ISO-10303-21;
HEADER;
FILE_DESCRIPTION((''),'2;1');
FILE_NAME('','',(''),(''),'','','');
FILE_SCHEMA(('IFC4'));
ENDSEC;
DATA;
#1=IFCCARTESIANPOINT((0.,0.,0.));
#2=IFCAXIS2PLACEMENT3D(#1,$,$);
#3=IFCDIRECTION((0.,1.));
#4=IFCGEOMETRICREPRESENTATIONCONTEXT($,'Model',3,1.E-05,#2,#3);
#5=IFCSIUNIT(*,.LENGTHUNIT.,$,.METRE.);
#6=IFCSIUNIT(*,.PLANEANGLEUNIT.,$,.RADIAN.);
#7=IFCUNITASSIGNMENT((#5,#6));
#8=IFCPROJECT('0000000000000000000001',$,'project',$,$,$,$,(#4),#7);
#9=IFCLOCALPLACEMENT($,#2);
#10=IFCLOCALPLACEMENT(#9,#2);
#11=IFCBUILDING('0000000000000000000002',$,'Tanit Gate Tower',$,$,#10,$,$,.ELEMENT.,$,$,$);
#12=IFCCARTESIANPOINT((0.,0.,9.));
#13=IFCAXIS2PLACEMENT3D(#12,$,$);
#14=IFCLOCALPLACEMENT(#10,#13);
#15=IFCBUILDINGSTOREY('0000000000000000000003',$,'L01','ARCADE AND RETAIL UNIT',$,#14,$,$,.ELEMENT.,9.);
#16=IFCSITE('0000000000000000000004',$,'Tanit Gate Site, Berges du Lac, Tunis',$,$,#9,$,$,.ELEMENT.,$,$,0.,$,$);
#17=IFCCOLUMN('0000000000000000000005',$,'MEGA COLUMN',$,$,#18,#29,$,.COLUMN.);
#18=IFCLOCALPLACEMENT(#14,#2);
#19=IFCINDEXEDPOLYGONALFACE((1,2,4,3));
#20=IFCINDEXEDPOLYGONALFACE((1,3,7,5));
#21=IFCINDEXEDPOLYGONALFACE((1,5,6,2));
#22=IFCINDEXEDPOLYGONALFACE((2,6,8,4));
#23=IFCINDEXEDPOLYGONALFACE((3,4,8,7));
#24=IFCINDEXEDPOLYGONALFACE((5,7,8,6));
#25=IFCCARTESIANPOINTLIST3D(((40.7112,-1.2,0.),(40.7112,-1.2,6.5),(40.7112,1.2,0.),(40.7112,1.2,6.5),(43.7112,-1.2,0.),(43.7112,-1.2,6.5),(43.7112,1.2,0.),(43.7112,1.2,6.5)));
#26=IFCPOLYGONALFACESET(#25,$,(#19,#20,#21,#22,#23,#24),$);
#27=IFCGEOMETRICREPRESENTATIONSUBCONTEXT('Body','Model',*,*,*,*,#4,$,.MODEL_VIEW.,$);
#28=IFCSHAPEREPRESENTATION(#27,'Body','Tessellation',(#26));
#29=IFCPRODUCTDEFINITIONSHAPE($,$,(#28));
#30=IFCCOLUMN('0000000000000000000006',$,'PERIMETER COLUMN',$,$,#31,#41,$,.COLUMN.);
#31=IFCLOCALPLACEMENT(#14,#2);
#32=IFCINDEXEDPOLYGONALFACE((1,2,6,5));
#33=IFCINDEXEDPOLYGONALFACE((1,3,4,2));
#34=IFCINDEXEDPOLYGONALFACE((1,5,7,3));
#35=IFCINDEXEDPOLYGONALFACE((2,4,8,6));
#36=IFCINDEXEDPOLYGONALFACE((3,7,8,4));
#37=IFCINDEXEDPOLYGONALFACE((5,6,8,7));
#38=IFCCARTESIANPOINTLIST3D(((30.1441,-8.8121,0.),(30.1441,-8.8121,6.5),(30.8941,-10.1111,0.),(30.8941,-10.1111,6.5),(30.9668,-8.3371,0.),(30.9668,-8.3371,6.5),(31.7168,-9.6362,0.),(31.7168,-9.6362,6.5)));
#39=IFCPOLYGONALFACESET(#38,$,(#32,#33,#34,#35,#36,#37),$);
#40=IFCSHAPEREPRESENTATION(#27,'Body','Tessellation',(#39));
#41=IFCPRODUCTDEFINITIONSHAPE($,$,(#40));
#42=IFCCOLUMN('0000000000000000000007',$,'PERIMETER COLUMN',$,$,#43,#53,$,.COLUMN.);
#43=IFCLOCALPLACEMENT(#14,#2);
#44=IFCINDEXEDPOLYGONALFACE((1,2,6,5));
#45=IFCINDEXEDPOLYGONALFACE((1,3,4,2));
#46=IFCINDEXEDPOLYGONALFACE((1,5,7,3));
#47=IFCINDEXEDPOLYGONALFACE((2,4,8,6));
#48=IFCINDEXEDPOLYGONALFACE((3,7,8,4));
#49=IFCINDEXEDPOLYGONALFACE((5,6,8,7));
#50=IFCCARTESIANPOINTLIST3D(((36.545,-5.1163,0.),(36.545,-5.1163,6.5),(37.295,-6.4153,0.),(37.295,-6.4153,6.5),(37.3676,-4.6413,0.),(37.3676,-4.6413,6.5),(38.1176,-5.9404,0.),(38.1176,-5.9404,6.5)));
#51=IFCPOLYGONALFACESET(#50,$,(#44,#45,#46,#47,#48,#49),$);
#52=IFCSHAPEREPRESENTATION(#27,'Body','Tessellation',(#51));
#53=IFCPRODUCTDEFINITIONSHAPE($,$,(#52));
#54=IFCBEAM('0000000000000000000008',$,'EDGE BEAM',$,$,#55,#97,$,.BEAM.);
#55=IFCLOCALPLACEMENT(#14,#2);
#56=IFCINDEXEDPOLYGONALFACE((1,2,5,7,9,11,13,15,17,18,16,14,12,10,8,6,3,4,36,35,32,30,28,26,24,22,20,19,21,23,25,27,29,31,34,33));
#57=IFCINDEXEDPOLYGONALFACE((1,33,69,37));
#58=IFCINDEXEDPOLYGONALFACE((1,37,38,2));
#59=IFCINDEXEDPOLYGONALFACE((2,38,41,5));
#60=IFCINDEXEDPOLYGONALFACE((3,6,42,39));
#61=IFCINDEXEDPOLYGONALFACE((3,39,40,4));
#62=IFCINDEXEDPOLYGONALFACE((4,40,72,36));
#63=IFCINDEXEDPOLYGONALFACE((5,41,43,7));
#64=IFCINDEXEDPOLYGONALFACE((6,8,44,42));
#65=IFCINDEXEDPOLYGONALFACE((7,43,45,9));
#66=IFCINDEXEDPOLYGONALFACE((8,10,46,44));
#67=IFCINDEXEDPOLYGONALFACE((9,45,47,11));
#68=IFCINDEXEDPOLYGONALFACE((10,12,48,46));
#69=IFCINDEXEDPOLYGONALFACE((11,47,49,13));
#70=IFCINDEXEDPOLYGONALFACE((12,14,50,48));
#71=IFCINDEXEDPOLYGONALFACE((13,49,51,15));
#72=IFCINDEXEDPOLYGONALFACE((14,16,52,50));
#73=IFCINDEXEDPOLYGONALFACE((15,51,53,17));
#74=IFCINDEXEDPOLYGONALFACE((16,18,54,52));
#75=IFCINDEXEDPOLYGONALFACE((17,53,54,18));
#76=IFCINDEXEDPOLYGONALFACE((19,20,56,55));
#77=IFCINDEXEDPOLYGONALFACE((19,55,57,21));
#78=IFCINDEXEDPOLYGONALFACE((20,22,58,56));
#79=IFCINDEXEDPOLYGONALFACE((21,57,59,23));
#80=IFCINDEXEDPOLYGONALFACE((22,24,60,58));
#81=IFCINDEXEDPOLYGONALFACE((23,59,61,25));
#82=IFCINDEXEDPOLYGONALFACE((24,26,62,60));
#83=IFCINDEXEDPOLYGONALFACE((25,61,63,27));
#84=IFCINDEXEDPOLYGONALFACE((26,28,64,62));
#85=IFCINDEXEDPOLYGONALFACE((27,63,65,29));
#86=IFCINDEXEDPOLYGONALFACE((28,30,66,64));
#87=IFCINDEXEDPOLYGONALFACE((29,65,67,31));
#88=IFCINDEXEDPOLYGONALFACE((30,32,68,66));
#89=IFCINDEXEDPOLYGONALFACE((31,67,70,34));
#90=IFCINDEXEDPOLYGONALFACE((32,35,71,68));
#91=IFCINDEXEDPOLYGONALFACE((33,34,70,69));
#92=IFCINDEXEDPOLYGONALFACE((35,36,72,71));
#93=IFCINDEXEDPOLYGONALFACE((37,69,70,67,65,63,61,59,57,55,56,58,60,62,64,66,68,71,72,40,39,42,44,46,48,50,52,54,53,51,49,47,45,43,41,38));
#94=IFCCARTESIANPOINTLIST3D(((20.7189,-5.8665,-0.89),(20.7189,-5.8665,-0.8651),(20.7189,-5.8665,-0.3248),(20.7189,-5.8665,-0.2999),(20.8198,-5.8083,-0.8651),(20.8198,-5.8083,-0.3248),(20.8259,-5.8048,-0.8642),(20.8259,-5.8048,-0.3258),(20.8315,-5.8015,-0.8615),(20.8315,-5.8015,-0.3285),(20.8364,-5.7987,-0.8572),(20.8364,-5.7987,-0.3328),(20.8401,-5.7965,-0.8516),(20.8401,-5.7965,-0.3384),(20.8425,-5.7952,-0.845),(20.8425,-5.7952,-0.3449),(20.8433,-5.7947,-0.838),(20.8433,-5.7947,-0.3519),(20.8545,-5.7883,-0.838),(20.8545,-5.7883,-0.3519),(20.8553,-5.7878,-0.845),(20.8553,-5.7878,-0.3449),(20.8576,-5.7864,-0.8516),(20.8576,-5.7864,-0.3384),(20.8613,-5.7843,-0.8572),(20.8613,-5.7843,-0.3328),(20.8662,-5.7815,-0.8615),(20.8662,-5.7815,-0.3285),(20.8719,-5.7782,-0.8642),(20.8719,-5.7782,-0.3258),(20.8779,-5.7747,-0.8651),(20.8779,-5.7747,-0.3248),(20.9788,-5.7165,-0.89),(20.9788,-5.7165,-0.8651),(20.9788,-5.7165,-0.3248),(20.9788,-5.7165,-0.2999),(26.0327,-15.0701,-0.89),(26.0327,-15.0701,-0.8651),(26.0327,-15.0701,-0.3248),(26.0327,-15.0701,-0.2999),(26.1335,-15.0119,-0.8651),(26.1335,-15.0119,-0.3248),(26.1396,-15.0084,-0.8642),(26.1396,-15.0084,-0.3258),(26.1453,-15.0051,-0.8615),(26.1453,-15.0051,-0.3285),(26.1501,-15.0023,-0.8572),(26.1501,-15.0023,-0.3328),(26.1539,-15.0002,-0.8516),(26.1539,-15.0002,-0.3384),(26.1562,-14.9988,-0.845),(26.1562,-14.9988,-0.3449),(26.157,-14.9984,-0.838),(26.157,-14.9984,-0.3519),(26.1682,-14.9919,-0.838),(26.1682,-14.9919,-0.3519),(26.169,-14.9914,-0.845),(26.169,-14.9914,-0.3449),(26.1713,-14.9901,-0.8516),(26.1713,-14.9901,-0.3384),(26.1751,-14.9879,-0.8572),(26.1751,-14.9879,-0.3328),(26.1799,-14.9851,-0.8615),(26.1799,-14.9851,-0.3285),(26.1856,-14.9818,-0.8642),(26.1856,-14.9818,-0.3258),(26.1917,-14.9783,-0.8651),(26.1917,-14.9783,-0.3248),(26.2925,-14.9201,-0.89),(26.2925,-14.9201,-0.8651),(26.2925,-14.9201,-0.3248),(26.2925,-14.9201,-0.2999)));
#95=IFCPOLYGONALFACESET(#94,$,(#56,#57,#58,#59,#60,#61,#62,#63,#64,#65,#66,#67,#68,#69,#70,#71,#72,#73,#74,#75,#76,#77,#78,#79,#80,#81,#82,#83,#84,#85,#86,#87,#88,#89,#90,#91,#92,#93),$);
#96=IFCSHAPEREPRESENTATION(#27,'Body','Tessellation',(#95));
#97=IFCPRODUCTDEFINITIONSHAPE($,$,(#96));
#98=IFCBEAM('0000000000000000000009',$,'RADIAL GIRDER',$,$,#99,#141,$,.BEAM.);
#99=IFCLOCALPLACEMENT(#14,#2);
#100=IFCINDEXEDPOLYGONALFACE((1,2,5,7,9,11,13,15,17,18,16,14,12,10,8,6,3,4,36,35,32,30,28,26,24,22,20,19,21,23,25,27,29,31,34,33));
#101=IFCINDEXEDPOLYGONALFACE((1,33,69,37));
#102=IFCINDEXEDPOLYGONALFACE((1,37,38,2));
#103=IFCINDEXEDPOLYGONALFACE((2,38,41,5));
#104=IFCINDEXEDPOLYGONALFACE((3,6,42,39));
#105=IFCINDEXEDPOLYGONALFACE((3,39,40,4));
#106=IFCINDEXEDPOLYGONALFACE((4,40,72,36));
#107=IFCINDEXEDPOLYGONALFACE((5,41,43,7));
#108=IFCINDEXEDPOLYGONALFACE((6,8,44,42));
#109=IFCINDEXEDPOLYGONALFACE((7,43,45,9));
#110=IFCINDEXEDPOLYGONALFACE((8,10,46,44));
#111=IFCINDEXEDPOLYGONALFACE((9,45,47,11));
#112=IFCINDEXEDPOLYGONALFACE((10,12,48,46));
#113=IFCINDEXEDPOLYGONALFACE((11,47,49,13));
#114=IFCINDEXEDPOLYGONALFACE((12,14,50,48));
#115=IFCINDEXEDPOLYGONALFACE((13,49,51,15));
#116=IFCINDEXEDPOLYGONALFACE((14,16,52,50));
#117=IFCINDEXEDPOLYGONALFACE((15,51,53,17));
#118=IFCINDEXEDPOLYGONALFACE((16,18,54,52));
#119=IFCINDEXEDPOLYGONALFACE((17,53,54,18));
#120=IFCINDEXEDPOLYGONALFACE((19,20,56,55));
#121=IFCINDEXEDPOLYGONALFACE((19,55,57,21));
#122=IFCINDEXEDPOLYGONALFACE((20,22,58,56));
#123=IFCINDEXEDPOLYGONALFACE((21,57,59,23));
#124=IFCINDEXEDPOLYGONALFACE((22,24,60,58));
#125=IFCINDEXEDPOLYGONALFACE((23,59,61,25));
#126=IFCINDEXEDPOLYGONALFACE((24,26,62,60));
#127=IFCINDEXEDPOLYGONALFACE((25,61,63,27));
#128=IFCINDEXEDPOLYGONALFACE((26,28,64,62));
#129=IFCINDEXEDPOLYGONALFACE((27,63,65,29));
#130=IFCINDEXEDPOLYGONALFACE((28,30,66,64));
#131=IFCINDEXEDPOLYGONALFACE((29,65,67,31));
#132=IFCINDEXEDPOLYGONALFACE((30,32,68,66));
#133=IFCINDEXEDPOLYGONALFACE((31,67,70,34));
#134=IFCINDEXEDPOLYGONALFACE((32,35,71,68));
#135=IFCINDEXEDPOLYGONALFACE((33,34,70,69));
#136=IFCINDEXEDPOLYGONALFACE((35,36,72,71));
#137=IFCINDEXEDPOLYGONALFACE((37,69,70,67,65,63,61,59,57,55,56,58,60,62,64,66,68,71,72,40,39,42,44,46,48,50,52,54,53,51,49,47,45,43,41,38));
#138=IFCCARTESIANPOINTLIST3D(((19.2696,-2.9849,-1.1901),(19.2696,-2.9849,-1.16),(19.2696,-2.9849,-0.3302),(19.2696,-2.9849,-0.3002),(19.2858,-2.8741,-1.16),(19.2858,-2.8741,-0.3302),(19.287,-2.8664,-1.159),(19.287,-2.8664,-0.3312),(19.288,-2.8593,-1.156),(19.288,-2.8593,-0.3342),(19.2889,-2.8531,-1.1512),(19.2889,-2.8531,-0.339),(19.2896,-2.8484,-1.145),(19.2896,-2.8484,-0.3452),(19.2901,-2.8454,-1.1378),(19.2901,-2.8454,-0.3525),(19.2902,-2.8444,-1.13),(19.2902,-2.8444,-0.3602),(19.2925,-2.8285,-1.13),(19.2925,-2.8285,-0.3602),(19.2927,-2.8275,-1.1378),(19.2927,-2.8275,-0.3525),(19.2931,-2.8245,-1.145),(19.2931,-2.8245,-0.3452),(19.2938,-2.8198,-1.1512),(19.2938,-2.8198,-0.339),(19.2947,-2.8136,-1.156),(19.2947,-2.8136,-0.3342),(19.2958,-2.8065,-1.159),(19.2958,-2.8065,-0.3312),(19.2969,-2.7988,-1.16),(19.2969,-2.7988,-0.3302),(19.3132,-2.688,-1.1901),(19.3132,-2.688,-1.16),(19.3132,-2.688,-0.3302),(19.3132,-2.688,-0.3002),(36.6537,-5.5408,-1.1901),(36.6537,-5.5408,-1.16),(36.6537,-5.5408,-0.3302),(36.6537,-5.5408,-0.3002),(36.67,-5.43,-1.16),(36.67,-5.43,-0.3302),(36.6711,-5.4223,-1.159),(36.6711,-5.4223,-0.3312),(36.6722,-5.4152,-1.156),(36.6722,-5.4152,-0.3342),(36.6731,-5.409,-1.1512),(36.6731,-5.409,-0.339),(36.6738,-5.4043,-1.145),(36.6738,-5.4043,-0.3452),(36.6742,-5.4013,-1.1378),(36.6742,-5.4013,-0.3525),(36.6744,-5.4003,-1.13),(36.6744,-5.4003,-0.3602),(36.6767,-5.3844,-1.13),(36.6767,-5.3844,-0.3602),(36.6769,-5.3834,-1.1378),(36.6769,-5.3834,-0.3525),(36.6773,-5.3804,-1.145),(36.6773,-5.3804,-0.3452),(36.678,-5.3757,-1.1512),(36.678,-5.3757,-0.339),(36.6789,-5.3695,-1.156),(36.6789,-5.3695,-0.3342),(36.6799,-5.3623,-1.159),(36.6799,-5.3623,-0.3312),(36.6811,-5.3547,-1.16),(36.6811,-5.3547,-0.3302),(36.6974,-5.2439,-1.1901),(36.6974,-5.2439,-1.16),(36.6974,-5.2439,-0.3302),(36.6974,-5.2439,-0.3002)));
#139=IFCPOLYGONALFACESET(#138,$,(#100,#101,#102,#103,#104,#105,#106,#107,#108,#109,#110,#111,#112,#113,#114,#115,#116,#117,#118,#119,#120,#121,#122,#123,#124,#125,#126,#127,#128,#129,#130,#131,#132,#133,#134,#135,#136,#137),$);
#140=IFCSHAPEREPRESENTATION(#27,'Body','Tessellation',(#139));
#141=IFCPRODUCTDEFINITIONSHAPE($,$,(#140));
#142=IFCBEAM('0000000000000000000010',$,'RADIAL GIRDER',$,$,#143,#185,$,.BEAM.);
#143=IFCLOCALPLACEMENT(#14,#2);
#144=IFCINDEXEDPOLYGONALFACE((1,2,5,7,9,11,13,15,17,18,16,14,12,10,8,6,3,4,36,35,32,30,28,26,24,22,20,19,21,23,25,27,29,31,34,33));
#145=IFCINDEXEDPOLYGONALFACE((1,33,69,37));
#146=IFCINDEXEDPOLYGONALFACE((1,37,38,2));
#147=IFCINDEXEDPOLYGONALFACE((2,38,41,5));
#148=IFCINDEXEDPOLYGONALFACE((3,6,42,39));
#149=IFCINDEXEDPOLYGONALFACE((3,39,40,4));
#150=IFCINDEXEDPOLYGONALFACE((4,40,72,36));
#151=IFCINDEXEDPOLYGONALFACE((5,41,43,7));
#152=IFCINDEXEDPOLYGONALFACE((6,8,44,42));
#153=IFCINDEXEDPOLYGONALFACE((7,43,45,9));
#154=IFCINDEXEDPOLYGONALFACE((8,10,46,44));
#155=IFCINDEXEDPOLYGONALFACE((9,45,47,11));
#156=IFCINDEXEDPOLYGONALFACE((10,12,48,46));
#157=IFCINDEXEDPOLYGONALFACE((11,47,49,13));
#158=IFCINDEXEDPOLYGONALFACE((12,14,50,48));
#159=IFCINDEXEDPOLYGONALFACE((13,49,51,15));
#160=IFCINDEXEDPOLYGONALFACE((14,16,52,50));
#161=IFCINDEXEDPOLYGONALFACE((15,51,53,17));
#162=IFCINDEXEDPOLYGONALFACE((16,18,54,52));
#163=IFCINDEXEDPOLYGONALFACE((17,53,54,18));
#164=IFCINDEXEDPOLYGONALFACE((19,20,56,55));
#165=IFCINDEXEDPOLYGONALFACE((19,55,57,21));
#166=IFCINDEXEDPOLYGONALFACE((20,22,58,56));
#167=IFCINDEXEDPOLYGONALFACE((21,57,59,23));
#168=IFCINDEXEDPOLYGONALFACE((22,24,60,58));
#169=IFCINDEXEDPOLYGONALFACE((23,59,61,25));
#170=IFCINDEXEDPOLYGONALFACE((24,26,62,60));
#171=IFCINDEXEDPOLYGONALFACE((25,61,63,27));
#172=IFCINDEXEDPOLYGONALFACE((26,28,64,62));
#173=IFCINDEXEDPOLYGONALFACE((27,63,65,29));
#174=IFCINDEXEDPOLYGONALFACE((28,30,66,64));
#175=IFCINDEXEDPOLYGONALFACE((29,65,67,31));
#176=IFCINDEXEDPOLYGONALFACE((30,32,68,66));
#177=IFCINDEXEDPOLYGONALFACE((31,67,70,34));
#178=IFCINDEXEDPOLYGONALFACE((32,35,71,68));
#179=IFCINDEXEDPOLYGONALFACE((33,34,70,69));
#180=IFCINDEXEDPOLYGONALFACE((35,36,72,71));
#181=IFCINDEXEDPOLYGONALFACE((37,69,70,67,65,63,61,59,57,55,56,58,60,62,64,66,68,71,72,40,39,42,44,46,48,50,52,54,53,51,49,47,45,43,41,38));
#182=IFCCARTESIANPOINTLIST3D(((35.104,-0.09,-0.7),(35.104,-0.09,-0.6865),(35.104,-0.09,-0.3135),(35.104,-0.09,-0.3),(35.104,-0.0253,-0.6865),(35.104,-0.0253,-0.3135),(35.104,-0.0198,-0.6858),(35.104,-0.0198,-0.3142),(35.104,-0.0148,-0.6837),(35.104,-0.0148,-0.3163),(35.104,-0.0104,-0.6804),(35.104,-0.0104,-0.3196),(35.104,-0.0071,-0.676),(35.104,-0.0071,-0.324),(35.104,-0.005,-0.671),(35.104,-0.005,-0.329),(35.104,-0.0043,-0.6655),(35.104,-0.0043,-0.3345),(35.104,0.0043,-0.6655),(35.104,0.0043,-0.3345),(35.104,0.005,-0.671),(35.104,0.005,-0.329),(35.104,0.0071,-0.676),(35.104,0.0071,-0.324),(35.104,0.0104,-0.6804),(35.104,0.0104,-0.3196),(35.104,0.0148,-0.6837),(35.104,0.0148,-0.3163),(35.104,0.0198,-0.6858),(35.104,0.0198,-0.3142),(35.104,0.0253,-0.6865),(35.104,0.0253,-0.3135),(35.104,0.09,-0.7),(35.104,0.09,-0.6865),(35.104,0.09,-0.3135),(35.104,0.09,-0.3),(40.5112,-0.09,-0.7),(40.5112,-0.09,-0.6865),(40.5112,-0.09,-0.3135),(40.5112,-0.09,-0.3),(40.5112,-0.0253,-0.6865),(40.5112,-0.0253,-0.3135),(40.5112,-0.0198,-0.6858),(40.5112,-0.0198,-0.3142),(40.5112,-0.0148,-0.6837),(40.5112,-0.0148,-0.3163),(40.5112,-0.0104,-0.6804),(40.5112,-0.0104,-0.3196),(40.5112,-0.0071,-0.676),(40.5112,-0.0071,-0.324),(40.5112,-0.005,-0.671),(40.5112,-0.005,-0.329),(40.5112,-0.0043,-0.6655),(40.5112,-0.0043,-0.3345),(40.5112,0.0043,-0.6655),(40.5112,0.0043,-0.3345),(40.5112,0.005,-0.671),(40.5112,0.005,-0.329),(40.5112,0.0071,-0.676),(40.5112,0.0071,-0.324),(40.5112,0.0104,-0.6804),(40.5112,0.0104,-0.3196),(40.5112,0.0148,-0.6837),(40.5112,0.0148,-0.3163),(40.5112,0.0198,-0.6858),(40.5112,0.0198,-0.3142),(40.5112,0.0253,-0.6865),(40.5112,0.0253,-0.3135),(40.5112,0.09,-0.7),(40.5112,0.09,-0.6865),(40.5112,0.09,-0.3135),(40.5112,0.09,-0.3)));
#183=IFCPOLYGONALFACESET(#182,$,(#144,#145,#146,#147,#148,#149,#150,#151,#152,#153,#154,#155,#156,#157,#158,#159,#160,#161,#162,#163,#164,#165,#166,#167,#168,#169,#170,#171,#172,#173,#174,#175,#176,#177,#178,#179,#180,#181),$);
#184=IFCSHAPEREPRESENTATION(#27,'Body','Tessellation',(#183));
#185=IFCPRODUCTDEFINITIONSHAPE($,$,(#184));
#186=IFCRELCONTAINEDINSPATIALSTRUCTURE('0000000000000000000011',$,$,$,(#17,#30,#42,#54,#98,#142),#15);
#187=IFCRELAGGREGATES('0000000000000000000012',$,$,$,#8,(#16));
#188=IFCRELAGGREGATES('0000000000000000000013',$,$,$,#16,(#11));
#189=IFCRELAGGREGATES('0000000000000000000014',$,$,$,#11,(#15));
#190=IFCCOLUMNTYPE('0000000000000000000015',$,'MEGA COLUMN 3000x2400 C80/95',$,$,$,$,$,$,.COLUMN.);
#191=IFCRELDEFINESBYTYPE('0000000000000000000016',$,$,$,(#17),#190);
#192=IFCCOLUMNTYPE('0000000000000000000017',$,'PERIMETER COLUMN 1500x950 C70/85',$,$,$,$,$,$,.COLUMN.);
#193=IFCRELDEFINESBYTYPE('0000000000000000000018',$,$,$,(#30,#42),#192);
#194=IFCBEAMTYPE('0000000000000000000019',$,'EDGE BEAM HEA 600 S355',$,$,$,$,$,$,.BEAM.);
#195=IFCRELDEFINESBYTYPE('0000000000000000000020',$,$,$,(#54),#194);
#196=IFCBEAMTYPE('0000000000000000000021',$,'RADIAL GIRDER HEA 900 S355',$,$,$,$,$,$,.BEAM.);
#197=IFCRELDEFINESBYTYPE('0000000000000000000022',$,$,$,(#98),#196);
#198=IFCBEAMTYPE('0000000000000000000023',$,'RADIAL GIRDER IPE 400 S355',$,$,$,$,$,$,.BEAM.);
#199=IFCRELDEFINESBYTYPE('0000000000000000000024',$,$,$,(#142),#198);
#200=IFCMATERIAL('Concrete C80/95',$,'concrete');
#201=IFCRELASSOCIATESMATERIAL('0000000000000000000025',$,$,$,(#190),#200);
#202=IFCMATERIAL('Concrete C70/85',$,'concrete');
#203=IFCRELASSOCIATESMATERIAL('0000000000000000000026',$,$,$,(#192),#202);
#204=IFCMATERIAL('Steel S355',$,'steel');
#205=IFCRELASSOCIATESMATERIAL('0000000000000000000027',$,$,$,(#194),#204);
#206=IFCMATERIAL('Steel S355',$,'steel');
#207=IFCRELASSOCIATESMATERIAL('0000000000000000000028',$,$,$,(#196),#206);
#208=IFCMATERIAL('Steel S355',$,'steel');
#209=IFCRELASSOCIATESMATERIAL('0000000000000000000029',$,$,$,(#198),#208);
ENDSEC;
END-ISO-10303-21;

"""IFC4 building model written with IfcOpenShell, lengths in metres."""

from ifc_helpers import new_model, si_unit, direction, frame, origin, origin_2d, place, context, subcontext, project, spatial, rectangle, i_section, extrude, material, material_profile, profile_set, type_object, element, save


model = new_model("IFC4")

# Units and contexts
model_context = context("Model", 3, precision=1e-05, world=origin(), true_north=direction((0.0, 1.0)))
body_context = subcontext(model_context, "Body", "Model", "MODEL_VIEW")
ifc_project = project(units=[si_unit("LENGTHUNIT", "METRE"), si_unit("PLANEANGLEUNIT", "RADIAN")], contexts=[model_context])

# Site, building, storey
site_placement = place(None, origin())
site = spatial("IfcSite", under=ifc_project, at=site_placement, Name="Tanit Gate Site, Berges du Lac, Tunis", CompositionType="ELEMENT", RefElevation=0.0)
building_placement = place(site_placement, origin())
building = spatial("IfcBuilding", under=site, at=building_placement, Name="Tanit Gate Tower", CompositionType="ELEMENT")
storey_placement = place(building_placement, frame((0.0, 0.0, 9.0)))
storey = spatial("IfcBuildingStorey", under=building, at=storey_placement, Name="L01", Description="ARCADE AND RETAIL UNIT", CompositionType="ELEMENT", Elevation=9.0)

# Columns
ifc_material_1 = material(Name="Concrete C80/95", Category="concrete")
ifc_material_profile_1 = material_profile(ifc_material_1, rectangle(XDim=3.0, YDim=2.3999, at=origin_2d()), Name="RC 3000x2400")
ifc_profile_set_1 = profile_set([ifc_material_profile_1], Name="Concrete C80/95")
column_type_1 = type_object("IfcColumnType", Name="MEGA COLUMN 3000x2400 C80/95", PredefinedType="COLUMN", material=ifc_profile_set_1)
column_placement = place(storey_placement, frame((42.2112, 0.0, 0.0), z_axis=(0.0, 0.0, 1.0), x_axis=(1.0, 0.0, 0.0)))
element("IfcColumn", 1, at=column_placement, inside=storey, type_object=column_type_1, Name="MEGA COLUMN", PredefinedType="COLUMN", context=body_context, shape_type="SweptSolid", body=[
    extrude(rectangle(XDim=3.0, YDim=2.3999, at=origin_2d()), origin(), (0.0, 0.0, 1.0), 6.5),
])
ifc_material_2 = material(Name="Concrete C70/85", Category="concrete")
ifc_material_profile_2 = material_profile(ifc_material_2, rectangle(XDim=1.5, YDim=0.95, at=origin_2d()), Name="RC 1500x950")
ifc_profile_set_2 = profile_set([ifc_material_profile_2], Name="Concrete C70/85")
column_type_2 = type_object("IfcColumnType", Name="PERIMETER COLUMN 1500x950 C70/85", PredefinedType="COLUMN", material=ifc_profile_set_2)
for number, where, z_axis, x_axis, name in (
    (2, (30.9304, -9.2241, 0.0), (0.0, 0.0, 1.0), (0.5, -0.866025, 0.0), "PERIMETER COLUMN"),
    (3, (37.3313, -5.5283, 0.0), (0.0, 0.0, 1.0), (0.5, -0.866025, 0.0), "PERIMETER COLUMN"),
):
    element("IfcColumn", number, at=place(storey_placement, frame(where, z_axis=z_axis, x_axis=x_axis)), inside=storey, type_object=column_type_2, Name=name, PredefinedType="COLUMN", context=body_context, shape_type="SweptSolid", body=[
        extrude(rectangle(XDim=1.5, YDim=0.95, at=origin_2d()), origin(), (0.0, 0.0, 1.0), 6.5),
    ])

# Beams
ifc_material_3 = material(Name="Steel S355", Category="steel")
ifc_material_profile_3 = material_profile(ifc_material_3, i_section(OverallWidth=0.3, OverallDepth=0.5901, WebThickness=0.0129, FlangeThickness=0.0249, FilletRadius=0.0271, at=origin_2d()), Name="HEA 600")
ifc_profile_set_3 = profile_set([ifc_material_profile_3], Name="Steel S355")
beam_type_1 = type_object("IfcBeamType", Name="EDGE BEAM HEA 600 S355", PredefinedType="BEAM", material=ifc_profile_set_3)
beam_1_placement = place(storey_placement, frame((26.1626, -14.9951, -0.595), z_axis=(-0.500001, 0.866025, 0.0), x_axis=(-0.866025, -0.500001, 0.0)))
element("IfcBeam", 4, at=beam_1_placement, inside=storey, type_object=beam_type_1, Name="EDGE BEAM", PredefinedType="BEAM", context=body_context, shape_type="SweptSolid", body=[
    extrude(i_section(OverallWidth=0.3, OverallDepth=0.5901, WebThickness=0.0129, FlangeThickness=0.0249, FilletRadius=0.0271, at=origin_2d()), origin(), (0.0, 0.0, 1.0), 10.6274),
])
ifc_material_4 = material(Name="Steel S355", Category="steel")
ifc_material_profile_4 = material_profile(ifc_material_4, i_section(OverallWidth=0.3, OverallDepth=0.8899, WebThickness=0.0161, FlangeThickness=0.03, FilletRadius=0.03, at=origin_2d()), Name="HEA 900")
ifc_profile_set_4 = profile_set([ifc_material_profile_4], Name="Steel S355")
beam_type_2 = type_object("IfcBeamType", Name="RADIAL GIRDER HEA 900 S355", PredefinedType="BEAM", material=ifc_profile_set_4)
beam_2_placement = place(storey_placement, frame((36.6755, -5.3923, -0.7451), z_axis=(-0.989364, 0.14546, 0.0), x_axis=(-0.14546, -0.989364, 0.0)))
element("IfcBeam", 5, at=beam_2_placement, inside=storey, type_object=beam_type_2, Name="RADIAL GIRDER", PredefinedType="BEAM", context=body_context, shape_type="SweptSolid", body=[
    extrude(i_section(OverallWidth=0.3, OverallDepth=0.8899, WebThickness=0.0161, FlangeThickness=0.03, FilletRadius=0.03, at=origin_2d()), origin(), (0.0, 0.0, 1.0), 17.571),
])
ifc_material_5 = material(Name="Steel S355", Category="steel")
ifc_material_profile_5 = material_profile(ifc_material_5, i_section(OverallWidth=0.1799, OverallDepth=0.3999, WebThickness=0.0085, FlangeThickness=0.0134, FilletRadius=0.021, at=origin_2d()), Name="IPE 400")
ifc_profile_set_5 = profile_set([ifc_material_profile_5], Name="Steel S355")
beam_type_3 = type_object("IfcBeamType", Name="RADIAL GIRDER IPE 400 S355", PredefinedType="BEAM", material=ifc_profile_set_5)
beam_3_placement = place(storey_placement, frame((40.5112, 0.0, -0.5), z_axis=(-1.0, 0.0, 0.0), x_axis=(0.0, -1.0, 0.0)))
element("IfcBeam", 6, at=beam_3_placement, inside=storey, type_object=beam_type_3, Name="RADIAL GIRDER", PredefinedType="BEAM", context=body_context, shape_type="SweptSolid", body=[
    extrude(i_section(OverallWidth=0.1799, OverallDepth=0.3999, WebThickness=0.0085, FlangeThickness=0.0134, FilletRadius=0.021, at=origin_2d()), origin(), (0.0, 0.0, 1.0), 5.4072),
])

save(model, "model.ifc")
